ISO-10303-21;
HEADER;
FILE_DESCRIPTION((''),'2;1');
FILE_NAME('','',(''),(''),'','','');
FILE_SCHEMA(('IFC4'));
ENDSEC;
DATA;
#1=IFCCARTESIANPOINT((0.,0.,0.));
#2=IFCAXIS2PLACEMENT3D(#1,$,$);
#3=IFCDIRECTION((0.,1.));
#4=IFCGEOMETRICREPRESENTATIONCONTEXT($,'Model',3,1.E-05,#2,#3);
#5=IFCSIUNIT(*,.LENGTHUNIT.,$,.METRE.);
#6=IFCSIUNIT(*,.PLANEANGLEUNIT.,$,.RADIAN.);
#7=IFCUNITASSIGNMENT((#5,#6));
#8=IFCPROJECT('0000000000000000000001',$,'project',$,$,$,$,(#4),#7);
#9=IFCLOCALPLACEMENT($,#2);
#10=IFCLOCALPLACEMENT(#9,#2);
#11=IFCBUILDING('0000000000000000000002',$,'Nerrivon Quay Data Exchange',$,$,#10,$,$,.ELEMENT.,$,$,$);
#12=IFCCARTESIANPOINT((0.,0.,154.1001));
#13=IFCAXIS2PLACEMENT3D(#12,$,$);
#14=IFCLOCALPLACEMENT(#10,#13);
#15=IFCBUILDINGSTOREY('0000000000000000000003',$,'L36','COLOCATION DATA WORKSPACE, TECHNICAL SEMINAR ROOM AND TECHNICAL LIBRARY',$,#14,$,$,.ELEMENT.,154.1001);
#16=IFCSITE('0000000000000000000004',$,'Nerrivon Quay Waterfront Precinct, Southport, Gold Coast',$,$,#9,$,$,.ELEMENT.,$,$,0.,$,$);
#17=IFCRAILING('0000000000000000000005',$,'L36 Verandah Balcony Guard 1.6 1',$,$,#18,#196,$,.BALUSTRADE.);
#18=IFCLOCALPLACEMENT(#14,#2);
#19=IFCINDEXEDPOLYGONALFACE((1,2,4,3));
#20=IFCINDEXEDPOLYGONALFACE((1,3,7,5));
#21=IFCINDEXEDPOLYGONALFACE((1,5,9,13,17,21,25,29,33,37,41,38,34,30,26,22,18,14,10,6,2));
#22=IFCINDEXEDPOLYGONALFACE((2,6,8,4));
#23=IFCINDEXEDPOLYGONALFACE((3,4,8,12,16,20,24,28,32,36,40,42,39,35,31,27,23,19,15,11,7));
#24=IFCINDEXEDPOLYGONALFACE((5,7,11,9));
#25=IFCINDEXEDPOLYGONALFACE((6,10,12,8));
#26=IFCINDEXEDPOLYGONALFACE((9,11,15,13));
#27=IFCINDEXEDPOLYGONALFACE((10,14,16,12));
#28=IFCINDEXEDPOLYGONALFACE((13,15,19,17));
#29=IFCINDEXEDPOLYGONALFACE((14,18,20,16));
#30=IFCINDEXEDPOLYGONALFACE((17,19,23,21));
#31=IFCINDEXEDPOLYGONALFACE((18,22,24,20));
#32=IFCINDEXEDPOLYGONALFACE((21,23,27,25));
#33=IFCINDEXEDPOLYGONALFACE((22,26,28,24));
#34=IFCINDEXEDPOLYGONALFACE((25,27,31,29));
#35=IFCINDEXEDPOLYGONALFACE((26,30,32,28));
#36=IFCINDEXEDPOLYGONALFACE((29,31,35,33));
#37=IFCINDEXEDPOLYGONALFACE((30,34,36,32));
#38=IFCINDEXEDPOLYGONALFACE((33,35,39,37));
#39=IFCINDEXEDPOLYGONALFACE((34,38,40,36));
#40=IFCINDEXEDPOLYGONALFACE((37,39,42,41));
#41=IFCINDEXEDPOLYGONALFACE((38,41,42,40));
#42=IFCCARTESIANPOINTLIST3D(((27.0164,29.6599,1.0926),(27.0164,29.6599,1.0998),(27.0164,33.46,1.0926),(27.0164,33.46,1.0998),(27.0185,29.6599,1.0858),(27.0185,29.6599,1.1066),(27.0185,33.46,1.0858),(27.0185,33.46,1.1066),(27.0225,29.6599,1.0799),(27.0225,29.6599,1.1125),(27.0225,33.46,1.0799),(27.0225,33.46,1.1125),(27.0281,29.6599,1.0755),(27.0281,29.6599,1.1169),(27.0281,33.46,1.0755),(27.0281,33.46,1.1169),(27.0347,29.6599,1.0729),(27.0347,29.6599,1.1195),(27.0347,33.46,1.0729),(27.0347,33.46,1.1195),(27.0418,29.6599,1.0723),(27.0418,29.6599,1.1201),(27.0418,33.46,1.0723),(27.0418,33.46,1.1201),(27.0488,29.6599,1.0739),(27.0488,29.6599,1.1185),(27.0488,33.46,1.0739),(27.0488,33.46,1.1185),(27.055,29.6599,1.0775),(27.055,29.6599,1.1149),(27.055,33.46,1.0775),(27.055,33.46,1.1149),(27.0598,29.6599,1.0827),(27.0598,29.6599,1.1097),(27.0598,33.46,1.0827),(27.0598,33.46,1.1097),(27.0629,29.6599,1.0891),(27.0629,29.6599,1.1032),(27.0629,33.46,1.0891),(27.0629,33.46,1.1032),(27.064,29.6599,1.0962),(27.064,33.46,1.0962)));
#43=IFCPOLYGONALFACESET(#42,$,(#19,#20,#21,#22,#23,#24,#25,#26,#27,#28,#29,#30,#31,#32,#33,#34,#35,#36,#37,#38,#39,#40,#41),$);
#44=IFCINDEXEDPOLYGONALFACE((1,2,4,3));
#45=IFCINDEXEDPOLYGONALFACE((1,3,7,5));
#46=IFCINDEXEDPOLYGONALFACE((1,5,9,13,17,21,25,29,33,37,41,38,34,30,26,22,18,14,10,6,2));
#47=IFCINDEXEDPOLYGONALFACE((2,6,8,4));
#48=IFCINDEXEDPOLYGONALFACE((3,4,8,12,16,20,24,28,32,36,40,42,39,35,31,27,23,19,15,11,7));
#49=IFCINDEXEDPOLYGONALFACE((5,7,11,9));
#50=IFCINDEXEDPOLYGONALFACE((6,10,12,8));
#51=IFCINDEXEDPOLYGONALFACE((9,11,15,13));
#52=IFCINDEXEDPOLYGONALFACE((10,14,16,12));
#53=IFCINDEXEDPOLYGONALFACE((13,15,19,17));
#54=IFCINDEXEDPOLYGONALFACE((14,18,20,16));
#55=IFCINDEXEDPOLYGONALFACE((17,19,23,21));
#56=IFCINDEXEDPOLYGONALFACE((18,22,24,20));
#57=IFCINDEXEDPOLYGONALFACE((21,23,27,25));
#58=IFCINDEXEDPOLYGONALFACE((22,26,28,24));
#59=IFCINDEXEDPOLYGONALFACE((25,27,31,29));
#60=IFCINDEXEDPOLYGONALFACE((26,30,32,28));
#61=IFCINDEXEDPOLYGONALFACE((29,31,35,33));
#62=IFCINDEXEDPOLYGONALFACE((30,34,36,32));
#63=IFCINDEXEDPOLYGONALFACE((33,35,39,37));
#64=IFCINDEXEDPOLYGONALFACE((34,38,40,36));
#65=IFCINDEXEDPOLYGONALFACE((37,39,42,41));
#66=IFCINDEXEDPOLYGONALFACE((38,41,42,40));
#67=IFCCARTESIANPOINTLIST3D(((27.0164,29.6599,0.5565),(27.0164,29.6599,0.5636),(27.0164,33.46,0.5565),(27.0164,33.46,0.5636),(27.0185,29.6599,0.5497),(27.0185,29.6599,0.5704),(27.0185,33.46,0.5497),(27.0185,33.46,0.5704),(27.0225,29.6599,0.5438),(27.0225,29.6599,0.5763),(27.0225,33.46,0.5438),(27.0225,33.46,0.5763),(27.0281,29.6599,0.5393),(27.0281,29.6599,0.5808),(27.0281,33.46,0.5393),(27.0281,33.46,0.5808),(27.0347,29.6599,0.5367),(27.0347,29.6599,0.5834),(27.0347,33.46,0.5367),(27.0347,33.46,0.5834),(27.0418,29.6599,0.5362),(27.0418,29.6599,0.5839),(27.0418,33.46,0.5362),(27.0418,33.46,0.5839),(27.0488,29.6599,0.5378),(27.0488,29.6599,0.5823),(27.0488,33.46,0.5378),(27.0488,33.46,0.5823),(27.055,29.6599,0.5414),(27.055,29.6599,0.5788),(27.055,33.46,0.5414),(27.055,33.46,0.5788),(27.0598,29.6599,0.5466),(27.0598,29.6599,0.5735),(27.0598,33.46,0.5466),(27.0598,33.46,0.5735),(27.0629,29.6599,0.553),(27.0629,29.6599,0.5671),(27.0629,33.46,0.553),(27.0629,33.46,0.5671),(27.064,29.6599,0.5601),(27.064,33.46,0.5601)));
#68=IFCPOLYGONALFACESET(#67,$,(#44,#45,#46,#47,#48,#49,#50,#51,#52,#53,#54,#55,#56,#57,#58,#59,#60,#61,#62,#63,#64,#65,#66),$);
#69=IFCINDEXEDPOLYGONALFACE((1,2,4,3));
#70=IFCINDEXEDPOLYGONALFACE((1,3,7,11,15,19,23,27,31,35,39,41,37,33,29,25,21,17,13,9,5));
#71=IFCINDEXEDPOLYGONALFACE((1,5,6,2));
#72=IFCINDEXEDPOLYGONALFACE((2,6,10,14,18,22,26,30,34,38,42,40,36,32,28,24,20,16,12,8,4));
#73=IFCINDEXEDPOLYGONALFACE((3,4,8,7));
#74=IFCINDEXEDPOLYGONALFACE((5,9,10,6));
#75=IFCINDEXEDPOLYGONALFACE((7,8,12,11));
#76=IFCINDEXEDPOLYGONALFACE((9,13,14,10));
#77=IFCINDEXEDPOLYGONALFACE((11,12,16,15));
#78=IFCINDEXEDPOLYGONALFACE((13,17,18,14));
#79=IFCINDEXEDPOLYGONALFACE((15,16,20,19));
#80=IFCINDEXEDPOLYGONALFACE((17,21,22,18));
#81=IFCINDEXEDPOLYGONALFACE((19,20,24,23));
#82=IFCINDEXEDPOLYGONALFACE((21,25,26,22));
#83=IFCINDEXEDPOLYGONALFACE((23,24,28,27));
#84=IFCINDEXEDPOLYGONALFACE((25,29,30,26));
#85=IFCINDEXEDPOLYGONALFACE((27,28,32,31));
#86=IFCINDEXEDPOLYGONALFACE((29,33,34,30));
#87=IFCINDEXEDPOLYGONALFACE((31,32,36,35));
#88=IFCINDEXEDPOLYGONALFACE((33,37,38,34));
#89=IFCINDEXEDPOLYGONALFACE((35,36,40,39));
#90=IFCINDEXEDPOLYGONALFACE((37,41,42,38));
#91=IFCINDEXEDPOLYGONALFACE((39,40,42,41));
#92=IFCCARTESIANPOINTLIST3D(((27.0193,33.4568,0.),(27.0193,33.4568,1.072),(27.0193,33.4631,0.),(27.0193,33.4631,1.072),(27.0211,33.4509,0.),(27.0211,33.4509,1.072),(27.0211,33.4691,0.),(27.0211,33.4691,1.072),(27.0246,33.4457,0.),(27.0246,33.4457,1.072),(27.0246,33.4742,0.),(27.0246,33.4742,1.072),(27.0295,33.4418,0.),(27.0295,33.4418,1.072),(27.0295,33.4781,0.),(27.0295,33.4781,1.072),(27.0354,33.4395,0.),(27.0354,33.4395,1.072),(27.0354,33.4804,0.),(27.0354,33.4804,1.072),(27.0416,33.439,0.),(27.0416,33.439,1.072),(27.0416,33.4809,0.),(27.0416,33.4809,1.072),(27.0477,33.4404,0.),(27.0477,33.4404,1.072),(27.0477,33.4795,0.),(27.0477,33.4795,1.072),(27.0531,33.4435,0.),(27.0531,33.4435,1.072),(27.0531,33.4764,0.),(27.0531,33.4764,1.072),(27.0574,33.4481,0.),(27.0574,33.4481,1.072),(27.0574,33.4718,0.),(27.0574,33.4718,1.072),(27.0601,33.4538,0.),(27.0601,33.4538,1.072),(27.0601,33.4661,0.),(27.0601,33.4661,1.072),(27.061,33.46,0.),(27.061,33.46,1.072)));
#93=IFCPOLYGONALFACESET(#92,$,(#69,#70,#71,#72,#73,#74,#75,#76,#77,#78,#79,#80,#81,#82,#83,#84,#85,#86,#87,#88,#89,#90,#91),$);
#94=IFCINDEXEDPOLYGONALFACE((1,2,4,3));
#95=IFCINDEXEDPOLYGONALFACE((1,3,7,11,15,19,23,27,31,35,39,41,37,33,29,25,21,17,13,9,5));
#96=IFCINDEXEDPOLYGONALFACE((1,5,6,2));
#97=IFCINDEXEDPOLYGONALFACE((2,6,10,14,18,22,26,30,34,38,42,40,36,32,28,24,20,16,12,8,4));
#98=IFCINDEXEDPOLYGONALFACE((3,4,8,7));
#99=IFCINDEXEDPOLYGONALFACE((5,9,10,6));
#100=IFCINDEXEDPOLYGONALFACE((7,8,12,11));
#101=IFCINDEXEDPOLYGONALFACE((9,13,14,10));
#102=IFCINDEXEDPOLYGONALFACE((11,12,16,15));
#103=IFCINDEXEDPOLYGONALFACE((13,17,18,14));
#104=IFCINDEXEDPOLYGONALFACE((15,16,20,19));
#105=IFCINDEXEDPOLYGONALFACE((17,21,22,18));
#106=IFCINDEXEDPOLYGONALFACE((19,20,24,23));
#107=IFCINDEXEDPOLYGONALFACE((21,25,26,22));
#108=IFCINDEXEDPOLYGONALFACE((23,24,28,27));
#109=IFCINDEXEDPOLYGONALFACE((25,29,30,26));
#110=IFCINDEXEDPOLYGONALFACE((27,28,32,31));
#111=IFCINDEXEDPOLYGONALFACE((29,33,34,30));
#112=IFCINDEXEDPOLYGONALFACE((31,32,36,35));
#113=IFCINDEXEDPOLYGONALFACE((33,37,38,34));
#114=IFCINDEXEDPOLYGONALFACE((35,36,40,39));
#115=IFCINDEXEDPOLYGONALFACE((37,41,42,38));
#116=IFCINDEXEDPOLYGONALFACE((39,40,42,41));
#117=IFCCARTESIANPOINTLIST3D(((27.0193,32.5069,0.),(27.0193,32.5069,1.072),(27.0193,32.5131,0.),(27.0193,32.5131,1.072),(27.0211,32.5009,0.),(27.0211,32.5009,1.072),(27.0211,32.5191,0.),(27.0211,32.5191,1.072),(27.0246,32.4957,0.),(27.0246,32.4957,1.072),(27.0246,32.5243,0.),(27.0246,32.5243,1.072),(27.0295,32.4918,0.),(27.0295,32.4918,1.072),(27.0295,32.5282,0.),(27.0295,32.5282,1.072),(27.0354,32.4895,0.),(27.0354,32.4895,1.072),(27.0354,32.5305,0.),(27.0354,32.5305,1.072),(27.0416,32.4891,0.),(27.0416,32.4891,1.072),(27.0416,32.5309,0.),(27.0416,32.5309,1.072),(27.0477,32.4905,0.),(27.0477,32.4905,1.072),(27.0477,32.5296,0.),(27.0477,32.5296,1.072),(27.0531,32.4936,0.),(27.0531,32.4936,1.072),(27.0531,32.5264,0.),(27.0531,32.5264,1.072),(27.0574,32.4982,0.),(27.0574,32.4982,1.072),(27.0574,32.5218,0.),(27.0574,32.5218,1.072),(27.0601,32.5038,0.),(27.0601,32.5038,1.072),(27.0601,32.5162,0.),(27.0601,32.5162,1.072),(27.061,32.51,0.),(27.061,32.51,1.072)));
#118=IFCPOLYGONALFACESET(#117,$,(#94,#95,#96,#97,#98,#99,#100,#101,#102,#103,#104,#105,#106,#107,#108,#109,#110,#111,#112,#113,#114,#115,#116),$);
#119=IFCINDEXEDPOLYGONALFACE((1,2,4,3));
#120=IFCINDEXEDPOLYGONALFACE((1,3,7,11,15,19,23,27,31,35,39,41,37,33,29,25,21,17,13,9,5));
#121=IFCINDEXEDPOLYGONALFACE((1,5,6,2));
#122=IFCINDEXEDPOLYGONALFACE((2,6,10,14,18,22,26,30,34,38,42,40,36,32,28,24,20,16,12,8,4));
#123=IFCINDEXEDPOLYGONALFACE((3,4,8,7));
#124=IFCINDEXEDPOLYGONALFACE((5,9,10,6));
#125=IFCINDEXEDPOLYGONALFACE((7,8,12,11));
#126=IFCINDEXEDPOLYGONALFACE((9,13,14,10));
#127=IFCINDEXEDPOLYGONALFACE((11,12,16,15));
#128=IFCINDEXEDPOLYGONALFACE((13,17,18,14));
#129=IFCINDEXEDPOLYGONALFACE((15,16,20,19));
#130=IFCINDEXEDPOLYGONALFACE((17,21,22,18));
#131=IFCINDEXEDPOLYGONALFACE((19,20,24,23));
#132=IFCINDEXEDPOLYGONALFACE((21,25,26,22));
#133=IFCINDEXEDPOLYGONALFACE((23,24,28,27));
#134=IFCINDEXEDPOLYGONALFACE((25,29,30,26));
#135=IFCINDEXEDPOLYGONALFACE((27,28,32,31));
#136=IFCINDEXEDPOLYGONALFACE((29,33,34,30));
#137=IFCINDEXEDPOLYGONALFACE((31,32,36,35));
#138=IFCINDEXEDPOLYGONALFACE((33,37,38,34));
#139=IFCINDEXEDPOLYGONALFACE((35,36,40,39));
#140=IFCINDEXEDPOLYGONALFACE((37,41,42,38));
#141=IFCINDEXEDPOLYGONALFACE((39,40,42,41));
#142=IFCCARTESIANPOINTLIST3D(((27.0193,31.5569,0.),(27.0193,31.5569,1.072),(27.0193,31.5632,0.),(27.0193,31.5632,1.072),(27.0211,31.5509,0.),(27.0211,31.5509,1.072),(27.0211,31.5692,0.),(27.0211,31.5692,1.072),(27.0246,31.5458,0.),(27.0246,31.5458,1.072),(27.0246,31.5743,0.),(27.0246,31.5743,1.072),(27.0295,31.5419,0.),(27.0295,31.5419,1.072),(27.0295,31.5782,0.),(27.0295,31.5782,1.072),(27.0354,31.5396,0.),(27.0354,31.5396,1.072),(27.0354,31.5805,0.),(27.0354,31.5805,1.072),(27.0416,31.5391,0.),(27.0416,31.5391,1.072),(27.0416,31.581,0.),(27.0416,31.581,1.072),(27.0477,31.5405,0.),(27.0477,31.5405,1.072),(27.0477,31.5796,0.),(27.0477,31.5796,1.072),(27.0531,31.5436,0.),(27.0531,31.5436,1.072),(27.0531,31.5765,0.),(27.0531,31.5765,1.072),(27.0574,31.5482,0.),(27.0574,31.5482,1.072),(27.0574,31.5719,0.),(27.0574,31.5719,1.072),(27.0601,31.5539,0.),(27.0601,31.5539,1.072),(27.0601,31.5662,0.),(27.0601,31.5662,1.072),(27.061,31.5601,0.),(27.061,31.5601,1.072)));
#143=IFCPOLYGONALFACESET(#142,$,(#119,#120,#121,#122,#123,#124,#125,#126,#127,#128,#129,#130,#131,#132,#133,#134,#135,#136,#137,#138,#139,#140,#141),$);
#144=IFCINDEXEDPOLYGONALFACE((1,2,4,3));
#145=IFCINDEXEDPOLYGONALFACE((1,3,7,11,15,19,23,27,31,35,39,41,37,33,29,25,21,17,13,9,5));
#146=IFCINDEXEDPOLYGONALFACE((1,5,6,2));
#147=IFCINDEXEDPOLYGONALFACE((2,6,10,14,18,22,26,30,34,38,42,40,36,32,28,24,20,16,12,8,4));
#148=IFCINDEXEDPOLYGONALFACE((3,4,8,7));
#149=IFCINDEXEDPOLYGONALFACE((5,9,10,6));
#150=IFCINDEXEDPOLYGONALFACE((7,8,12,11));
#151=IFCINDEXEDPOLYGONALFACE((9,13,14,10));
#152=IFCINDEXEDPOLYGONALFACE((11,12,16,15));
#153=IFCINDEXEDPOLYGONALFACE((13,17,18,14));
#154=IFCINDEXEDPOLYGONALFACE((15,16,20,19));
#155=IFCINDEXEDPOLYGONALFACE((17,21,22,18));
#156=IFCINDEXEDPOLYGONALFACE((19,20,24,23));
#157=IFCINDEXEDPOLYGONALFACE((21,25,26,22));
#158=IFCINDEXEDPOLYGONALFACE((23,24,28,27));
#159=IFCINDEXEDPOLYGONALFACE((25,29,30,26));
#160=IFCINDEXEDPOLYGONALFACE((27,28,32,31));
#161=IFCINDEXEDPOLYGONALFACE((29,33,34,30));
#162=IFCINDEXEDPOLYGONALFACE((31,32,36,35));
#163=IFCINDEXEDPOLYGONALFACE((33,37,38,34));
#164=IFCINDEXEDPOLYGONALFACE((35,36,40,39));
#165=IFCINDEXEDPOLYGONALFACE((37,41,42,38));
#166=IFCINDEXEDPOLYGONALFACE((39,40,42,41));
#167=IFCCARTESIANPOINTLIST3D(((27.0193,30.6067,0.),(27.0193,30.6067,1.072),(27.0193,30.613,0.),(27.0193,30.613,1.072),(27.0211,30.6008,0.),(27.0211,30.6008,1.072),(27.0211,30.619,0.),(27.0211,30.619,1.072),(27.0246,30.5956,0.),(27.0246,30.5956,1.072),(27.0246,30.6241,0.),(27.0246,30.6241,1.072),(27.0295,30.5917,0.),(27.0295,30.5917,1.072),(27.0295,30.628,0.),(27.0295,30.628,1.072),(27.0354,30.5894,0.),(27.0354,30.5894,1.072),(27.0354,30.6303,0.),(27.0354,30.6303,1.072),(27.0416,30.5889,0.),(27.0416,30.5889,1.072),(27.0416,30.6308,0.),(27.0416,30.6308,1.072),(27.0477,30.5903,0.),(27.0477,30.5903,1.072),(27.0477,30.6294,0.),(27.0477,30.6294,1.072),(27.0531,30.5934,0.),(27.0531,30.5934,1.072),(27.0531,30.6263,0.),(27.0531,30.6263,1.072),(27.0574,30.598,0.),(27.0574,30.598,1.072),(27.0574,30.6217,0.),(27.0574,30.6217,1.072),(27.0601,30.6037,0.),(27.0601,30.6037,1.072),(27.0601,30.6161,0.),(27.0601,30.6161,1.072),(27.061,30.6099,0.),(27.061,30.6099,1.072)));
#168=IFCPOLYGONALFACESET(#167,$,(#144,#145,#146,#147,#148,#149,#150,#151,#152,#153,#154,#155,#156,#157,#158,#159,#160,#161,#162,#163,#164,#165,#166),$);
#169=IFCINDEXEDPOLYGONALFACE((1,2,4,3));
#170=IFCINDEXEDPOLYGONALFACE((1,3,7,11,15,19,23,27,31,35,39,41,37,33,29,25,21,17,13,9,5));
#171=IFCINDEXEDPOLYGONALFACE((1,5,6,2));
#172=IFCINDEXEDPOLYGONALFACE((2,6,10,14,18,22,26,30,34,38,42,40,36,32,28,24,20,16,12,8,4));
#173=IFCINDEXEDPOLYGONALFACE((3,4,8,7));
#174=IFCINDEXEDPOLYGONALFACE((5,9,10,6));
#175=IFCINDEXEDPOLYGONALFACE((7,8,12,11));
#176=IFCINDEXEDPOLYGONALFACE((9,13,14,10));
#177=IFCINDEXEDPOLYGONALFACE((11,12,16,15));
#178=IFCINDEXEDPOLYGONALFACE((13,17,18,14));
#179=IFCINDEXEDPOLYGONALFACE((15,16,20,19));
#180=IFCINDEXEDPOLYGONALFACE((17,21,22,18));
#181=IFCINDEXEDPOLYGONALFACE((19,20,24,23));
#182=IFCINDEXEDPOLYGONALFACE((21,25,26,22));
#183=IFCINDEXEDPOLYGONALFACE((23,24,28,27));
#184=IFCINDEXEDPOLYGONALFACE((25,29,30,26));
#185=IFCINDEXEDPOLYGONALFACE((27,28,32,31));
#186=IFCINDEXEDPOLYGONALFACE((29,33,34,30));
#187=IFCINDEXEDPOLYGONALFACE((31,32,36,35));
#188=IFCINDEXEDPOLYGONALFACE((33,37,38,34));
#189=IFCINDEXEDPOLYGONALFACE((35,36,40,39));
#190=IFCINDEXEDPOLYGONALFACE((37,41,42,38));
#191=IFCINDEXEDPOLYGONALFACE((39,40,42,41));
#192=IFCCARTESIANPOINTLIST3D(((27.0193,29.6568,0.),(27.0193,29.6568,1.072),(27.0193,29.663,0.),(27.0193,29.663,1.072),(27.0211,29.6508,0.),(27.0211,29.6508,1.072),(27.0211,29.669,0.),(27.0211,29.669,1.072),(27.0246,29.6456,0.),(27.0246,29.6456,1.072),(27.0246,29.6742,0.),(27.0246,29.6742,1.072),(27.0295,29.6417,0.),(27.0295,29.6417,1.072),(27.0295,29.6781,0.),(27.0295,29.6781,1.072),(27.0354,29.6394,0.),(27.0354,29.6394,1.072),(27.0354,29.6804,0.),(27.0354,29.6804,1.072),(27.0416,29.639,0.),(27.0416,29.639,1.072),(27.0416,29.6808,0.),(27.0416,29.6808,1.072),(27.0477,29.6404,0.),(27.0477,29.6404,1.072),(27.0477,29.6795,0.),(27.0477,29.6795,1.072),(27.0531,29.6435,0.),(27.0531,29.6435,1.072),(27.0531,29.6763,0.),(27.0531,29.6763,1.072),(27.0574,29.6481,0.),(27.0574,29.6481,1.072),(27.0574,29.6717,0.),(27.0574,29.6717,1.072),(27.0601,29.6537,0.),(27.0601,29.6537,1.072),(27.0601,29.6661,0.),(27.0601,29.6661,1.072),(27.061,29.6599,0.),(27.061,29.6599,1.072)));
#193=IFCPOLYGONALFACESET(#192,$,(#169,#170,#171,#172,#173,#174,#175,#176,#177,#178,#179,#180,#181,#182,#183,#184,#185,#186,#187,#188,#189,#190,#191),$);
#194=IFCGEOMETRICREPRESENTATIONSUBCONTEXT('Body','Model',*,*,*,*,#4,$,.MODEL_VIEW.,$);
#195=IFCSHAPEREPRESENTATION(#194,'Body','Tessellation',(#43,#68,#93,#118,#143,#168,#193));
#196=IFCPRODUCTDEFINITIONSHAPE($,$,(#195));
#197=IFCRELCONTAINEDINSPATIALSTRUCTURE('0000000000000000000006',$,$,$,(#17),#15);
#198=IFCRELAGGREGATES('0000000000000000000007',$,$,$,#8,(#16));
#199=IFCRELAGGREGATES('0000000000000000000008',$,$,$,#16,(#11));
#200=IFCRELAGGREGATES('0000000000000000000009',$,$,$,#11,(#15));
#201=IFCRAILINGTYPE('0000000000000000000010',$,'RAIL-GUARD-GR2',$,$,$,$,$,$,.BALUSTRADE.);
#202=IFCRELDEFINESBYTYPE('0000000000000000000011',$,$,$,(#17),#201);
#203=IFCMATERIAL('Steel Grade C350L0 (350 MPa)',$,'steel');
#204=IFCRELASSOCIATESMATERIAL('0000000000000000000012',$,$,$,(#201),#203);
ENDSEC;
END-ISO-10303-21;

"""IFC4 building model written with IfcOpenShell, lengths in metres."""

from ifc_helpers import new_model, si_unit, direction, frame, origin, origin_2d, place, context, subcontext, project, spatial, circle, extrude, material, type_object, element, save


model = new_model("IFC4")

# Units and contexts
model_context = context("Model", 3, precision=1e-05, world=origin(), true_north=direction((0.0, 1.0)))
body_context = subcontext(model_context, "Body", "Model", "MODEL_VIEW")
ifc_project = project(units=[si_unit("LENGTHUNIT", "METRE"), si_unit("PLANEANGLEUNIT", "RADIAN")], contexts=[model_context])

# Site, building, storey
site_placement = place(None, origin())
site = spatial("IfcSite", under=ifc_project, at=site_placement, Name="Nerrivon Quay Waterfront Precinct, Southport, Gold Coast", CompositionType="ELEMENT", RefElevation=0.0)
building_placement = place(site_placement, origin())
building = spatial("IfcBuilding", under=site, at=building_placement, Name="Nerrivon Quay Data Exchange", CompositionType="ELEMENT")
storey_placement = place(building_placement, frame((0.0, 0.0, 154.1001)))
storey = spatial("IfcBuildingStorey", under=building, at=storey_placement, Name="L36", Description="COLOCATION DATA WORKSPACE, TECHNICAL SEMINAR ROOM AND TECHNICAL LIBRARY", CompositionType="ELEMENT", Elevation=154.1001)

# Railing
ifc_material_1 = material(Name="Steel Grade C350L0 (350 MPa)", Category="steel")
railing_type = type_object("IfcRailingType", Name="RAIL-GUARD-GR2", PredefinedType="BALUSTRADE", material=ifc_material_1)
railing_1_placement = place(storey_placement, frame((27.04, 33.46, 0.0)))
element("IfcRailing", 1, at=railing_1_placement, inside=storey, type_object=railing_type, Name="L36 Verandah Balcony Guard 1.6 1", PredefinedType="BALUSTRADE", context=body_context, shape_type="SweptSolid", body=[
    extrude(circle(Radius=0.0239, at=origin_2d()), frame((0.0, 0.0, 1.0962), z_axis=(0.0, -1.0, 0.0), x_axis=(1.0, 0.0, 0.0)), (0.0, 0.0, 1.0), 3.8),
    extrude(circle(Radius=0.0239, at=origin_2d()), frame((0.0, 0.0, 0.5601), z_axis=(0.0, -1.0, 0.0), x_axis=(1.0, 0.0, 0.0)), (0.0, 0.0, 1.0), 3.8),
    extrude(circle(Radius=0.021, at=origin_2d()), origin(), (0.0, 0.0, 1.0), 1.072),
    extrude(circle(Radius=0.021, at=origin_2d()), frame((0.0, -0.95, 0.0)), (0.0, 0.0, 1.0), 1.072),
    extrude(circle(Radius=0.021, at=origin_2d()), frame((0.0, -1.8999, 0.0)), (0.0, 0.0, 1.0), 1.072),
    extrude(circle(Radius=0.021, at=origin_2d()), frame((0.0, -2.8501, 0.0)), (0.0, 0.0, 1.0), 1.072),
    extrude(circle(Radius=0.021, at=origin_2d()), frame((0.0, -3.8, 0.0)), (0.0, 0.0, 1.0), 1.072),
])

save(model, "model.ifc")
